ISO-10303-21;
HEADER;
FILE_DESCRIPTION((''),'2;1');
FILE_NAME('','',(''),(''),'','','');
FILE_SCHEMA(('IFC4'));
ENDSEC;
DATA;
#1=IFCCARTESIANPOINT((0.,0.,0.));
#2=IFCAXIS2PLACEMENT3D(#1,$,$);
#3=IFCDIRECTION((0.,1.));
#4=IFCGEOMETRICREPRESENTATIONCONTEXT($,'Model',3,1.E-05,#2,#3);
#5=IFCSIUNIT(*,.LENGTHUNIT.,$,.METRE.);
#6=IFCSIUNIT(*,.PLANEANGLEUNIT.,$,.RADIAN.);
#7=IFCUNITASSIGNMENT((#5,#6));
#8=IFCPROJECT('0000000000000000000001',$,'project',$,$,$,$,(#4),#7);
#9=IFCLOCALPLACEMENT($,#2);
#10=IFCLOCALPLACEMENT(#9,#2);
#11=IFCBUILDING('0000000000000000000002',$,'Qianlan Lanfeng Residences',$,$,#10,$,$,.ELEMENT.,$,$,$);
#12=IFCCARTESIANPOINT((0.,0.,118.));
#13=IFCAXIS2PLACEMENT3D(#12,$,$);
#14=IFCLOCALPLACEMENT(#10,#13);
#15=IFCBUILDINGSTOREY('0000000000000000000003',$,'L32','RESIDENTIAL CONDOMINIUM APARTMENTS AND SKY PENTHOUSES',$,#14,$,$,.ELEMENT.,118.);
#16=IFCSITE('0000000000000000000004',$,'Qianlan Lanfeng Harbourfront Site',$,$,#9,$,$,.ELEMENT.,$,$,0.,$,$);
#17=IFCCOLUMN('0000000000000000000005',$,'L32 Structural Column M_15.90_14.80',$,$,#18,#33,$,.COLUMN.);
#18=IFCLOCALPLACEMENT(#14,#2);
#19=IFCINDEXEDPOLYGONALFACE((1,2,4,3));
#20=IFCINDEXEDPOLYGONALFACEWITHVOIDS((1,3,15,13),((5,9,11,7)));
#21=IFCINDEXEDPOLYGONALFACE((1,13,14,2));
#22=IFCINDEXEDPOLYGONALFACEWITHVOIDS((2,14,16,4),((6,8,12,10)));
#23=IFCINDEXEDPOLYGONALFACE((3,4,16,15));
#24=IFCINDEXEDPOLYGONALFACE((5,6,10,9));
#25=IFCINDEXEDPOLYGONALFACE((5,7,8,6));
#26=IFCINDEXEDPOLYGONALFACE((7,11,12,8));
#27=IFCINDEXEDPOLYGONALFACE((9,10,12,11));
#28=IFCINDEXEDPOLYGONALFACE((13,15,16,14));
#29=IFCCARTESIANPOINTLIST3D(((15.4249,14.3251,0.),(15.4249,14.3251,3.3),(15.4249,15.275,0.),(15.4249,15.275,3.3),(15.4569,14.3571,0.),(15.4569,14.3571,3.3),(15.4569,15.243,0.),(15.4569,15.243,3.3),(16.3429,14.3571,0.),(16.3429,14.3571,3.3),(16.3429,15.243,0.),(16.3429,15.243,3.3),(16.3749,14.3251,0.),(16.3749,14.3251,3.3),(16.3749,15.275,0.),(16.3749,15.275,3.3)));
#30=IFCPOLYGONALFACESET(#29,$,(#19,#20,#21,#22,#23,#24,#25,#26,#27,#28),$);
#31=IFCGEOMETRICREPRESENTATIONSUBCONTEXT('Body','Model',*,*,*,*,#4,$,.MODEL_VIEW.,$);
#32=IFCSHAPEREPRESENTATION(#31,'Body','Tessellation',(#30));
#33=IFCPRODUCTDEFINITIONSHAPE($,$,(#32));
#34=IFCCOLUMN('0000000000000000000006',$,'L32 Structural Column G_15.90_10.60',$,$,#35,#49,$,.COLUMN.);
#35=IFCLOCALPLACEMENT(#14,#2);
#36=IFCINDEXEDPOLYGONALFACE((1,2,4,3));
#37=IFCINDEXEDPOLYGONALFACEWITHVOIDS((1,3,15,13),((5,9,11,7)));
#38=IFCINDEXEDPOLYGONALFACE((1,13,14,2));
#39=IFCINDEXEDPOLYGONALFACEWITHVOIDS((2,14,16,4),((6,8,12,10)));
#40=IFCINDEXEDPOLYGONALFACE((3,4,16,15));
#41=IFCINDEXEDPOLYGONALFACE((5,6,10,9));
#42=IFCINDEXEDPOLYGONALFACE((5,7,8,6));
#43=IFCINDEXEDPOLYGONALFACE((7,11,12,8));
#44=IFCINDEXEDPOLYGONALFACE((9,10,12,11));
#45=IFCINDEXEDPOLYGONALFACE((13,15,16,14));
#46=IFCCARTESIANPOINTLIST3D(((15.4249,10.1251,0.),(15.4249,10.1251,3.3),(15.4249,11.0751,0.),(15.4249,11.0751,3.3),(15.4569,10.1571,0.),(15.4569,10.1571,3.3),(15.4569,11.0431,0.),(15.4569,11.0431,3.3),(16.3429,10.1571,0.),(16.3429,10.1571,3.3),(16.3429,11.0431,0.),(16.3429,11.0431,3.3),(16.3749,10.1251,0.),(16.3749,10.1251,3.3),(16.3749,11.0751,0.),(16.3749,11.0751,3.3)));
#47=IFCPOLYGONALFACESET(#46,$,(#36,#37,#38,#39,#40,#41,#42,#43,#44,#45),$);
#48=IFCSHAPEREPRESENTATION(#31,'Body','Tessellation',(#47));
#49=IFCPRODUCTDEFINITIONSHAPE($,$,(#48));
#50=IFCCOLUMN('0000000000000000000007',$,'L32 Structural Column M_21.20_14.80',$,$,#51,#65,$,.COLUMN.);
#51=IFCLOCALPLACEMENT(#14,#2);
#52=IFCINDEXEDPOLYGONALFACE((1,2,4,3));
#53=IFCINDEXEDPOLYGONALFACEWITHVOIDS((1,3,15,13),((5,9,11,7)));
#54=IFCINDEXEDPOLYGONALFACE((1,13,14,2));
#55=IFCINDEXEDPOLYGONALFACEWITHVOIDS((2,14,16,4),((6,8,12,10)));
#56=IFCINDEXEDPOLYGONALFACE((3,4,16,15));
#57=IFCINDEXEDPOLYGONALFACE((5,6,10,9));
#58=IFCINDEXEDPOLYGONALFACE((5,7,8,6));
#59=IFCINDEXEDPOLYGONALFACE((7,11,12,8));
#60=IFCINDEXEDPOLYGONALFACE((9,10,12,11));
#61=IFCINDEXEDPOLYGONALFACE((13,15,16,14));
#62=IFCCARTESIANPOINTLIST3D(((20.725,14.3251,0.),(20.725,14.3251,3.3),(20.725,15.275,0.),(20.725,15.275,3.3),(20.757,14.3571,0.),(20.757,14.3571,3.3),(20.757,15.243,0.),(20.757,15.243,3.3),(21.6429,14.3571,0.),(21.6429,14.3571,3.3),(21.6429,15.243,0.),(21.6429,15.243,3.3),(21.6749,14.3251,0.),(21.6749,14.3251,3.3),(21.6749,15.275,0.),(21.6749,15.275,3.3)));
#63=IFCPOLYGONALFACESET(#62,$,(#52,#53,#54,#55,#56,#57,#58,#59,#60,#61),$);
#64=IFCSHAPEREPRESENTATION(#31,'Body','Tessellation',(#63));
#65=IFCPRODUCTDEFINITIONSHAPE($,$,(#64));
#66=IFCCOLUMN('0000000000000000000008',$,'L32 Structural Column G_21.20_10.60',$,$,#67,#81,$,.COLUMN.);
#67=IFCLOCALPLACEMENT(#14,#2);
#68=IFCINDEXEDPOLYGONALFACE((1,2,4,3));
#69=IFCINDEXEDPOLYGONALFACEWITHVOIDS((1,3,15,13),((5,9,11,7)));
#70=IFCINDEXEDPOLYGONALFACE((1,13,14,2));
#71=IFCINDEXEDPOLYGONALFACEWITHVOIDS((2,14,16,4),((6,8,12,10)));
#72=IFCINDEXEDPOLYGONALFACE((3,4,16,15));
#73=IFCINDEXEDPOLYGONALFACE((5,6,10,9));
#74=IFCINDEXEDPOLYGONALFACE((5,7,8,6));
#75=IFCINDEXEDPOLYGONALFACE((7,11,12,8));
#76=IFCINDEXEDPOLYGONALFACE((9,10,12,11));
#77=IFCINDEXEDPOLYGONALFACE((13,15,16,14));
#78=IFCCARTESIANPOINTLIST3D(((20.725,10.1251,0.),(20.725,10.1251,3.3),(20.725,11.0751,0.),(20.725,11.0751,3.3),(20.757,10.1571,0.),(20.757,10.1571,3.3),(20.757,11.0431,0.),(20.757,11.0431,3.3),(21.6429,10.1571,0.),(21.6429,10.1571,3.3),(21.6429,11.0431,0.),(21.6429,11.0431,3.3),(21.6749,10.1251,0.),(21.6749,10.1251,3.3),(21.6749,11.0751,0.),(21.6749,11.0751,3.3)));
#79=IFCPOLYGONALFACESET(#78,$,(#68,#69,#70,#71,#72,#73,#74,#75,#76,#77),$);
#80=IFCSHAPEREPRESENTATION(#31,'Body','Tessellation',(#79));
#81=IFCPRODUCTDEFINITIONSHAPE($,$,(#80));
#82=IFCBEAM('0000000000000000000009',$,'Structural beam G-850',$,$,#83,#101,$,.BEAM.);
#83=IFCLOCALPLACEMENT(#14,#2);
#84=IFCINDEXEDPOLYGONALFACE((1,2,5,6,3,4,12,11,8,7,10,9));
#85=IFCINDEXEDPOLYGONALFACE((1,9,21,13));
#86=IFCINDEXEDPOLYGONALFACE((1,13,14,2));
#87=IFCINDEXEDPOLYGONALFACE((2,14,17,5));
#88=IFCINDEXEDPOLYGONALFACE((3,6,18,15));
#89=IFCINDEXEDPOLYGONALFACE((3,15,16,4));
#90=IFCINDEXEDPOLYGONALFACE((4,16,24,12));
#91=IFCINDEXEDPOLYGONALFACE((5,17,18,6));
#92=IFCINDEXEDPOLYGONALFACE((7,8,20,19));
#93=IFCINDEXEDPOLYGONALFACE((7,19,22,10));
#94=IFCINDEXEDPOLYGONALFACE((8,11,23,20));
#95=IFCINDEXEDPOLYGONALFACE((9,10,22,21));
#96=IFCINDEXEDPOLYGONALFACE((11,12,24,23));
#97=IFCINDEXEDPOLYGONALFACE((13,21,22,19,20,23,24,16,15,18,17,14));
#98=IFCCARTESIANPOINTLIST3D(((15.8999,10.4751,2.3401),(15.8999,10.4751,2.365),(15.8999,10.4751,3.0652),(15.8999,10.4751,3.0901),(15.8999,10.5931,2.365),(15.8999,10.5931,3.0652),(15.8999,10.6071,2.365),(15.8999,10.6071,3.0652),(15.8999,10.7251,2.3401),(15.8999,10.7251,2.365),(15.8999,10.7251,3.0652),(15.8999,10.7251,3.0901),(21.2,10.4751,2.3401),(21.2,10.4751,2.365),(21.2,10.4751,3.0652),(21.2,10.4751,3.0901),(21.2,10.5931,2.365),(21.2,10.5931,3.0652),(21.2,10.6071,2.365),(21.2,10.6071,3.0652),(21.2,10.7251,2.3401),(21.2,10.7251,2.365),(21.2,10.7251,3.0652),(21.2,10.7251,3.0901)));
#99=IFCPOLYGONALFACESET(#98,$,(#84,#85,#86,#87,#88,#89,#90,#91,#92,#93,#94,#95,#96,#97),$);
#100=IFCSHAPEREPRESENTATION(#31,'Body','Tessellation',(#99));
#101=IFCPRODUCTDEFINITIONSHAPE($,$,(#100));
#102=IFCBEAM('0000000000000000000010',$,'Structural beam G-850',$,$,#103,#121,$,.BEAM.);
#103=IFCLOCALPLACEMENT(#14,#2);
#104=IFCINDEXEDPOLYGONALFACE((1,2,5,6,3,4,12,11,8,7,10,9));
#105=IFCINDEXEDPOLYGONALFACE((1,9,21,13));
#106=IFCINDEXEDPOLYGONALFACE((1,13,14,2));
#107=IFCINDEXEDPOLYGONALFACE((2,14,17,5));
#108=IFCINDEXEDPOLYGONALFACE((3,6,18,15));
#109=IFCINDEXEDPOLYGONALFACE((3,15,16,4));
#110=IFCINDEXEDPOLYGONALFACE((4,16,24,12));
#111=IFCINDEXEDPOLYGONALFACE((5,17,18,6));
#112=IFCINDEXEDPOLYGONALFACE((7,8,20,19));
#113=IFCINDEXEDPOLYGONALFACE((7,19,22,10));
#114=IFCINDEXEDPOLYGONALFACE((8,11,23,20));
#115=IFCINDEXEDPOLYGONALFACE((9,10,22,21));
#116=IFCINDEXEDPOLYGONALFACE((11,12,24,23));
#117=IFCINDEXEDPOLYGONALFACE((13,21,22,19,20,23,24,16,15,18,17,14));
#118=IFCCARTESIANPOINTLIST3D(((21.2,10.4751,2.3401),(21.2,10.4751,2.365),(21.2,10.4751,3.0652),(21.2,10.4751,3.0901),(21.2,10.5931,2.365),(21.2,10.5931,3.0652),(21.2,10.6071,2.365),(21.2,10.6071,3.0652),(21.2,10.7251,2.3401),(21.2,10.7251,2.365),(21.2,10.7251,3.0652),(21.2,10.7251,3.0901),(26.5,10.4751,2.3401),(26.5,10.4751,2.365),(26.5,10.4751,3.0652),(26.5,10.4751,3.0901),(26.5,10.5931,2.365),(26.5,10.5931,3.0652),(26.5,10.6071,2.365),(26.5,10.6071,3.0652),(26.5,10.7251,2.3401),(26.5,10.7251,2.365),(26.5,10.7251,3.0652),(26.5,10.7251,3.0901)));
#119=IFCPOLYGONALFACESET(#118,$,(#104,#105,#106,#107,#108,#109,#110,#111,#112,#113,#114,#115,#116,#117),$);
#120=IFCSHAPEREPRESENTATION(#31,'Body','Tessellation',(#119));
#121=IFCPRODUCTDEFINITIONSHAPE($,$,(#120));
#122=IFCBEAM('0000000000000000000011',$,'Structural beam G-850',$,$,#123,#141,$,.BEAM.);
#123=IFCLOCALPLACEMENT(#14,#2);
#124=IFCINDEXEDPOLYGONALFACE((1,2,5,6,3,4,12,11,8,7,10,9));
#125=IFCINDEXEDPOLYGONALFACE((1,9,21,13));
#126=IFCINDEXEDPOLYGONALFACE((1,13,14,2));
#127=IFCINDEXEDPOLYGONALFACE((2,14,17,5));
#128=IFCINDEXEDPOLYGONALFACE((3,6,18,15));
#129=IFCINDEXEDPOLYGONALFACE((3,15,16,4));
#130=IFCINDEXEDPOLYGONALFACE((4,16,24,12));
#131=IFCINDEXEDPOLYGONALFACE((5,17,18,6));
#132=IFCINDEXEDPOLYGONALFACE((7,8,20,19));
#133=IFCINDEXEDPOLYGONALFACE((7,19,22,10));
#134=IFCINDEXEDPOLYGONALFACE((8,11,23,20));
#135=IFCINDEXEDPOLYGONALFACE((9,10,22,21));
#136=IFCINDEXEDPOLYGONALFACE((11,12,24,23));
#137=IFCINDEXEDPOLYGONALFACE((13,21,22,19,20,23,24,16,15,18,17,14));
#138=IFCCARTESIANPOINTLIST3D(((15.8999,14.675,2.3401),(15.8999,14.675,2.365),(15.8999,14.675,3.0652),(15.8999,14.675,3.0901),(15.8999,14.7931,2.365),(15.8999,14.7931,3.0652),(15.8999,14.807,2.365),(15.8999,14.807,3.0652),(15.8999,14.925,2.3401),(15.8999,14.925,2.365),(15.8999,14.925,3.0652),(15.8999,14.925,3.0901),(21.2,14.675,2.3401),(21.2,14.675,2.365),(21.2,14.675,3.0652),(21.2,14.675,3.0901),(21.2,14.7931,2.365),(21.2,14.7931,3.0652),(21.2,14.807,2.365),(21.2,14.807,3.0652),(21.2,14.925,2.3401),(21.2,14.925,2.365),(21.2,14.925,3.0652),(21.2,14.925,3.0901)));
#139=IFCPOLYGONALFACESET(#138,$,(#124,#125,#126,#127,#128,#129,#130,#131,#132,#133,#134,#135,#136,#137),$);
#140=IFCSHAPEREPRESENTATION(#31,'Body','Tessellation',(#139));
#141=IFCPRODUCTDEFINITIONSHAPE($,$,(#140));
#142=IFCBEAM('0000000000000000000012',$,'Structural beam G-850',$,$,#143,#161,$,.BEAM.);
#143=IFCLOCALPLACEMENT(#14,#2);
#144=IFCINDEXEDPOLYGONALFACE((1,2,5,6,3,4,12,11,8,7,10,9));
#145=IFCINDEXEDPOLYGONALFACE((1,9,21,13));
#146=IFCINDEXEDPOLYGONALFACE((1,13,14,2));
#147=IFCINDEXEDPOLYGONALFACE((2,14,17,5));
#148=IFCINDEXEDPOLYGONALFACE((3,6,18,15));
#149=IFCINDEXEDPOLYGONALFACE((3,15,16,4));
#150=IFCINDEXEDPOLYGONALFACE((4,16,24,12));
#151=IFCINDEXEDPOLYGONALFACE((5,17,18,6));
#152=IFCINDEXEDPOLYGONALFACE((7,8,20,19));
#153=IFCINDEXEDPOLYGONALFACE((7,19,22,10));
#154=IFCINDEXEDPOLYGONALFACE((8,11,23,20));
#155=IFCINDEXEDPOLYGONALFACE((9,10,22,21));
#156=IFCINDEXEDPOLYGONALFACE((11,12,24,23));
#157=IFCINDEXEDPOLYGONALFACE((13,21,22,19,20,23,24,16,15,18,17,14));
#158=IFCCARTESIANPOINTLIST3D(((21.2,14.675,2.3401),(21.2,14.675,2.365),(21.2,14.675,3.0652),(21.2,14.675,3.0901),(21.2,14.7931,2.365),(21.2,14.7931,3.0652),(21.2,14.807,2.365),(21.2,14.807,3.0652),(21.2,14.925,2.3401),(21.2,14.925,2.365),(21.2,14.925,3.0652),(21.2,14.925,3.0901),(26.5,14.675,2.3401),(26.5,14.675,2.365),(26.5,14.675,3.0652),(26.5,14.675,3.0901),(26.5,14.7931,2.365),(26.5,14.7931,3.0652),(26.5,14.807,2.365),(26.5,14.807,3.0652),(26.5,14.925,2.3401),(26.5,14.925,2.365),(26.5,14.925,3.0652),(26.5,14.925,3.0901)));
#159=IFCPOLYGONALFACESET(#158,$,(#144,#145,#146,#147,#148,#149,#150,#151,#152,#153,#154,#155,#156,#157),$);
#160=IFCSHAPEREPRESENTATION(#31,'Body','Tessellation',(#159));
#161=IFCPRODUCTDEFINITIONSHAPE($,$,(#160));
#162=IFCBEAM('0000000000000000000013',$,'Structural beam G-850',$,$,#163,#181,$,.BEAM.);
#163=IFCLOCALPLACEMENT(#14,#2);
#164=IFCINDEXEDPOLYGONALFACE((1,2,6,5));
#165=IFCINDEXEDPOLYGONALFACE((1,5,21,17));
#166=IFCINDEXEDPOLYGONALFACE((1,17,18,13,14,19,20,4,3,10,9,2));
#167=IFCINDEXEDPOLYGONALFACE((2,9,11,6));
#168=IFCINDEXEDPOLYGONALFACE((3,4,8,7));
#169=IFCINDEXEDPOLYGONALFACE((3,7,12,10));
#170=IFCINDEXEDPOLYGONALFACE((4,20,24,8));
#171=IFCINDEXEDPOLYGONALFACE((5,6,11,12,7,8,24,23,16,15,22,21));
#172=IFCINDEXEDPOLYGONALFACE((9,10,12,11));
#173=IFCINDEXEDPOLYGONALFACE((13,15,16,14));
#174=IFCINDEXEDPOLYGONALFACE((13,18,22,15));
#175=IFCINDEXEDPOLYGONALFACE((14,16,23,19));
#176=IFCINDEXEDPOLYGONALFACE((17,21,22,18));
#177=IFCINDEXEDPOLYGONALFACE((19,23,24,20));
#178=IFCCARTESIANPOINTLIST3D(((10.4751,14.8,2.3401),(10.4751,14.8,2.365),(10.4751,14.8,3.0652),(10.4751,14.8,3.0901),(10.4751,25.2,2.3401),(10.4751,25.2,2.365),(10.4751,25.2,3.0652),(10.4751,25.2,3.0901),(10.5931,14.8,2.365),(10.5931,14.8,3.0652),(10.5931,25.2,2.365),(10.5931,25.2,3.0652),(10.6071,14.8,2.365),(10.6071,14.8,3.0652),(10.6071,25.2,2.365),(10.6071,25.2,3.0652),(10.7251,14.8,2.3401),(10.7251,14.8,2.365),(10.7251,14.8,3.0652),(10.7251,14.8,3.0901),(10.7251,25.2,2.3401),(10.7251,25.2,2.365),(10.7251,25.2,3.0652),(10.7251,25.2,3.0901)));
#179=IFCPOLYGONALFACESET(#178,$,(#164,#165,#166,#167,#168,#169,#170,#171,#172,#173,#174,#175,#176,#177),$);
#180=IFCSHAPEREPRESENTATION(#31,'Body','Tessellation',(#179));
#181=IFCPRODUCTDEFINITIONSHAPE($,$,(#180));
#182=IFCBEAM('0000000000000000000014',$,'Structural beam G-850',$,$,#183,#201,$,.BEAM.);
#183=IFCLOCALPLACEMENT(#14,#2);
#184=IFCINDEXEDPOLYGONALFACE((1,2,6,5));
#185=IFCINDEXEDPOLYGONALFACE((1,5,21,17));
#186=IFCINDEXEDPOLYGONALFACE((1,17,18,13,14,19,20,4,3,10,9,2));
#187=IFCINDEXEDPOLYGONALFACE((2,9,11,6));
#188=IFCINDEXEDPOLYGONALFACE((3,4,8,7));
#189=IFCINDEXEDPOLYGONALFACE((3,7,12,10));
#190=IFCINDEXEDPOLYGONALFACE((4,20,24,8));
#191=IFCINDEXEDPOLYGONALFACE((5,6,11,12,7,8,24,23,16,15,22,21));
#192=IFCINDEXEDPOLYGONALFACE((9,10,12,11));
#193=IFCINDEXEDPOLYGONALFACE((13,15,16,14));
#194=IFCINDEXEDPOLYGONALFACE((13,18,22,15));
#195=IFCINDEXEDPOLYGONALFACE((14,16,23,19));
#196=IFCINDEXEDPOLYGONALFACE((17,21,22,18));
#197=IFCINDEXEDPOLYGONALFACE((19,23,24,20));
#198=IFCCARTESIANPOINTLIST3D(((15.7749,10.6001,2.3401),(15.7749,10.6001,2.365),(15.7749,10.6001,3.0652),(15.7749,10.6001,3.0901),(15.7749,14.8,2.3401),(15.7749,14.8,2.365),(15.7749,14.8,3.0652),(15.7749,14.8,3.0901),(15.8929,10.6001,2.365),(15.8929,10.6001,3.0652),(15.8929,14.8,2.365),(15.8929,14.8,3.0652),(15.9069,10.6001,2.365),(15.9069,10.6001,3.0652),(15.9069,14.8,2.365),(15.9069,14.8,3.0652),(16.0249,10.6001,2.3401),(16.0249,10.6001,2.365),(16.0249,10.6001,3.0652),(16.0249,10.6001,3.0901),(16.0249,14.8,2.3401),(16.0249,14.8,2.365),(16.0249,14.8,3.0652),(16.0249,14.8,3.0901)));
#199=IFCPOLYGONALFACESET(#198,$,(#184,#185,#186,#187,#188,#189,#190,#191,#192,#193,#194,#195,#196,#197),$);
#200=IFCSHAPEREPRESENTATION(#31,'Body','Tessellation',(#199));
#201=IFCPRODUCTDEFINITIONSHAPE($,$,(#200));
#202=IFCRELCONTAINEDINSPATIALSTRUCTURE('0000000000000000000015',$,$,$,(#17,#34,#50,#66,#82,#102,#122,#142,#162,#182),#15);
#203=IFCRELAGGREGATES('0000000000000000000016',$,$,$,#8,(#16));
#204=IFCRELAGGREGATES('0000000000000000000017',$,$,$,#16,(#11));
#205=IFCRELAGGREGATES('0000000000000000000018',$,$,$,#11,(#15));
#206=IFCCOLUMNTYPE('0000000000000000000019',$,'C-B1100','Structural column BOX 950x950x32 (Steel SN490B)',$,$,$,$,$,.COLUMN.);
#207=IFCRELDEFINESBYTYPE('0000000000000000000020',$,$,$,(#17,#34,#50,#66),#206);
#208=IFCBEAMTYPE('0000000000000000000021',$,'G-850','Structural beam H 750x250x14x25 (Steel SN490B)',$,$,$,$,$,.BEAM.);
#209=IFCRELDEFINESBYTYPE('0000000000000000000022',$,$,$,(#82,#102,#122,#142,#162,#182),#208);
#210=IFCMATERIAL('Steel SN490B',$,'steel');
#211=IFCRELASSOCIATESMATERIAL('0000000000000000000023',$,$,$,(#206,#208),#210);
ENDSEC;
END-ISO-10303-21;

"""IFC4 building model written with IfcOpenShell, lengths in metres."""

from ifc_helpers import new_model, si_unit, direction, frame, origin, origin_2d, place, context, subcontext, project, spatial, hollow_rectangle, i_section, extrude, material, material_profile, profile_set, type_object, element, save


model = new_model("IFC4")

# Units and contexts
model_context = context("Model", 3, precision=1e-05, world=origin(), true_north=direction((0.0, 1.0)))
body_context = subcontext(model_context, "Body", "Model", "MODEL_VIEW")
ifc_project = project(units=[si_unit("LENGTHUNIT", "METRE"), si_unit("PLANEANGLEUNIT", "RADIAN")], contexts=[model_context])

# Site, building, storey
site_placement = place(None, origin())
site = spatial("IfcSite", under=ifc_project, at=site_placement, Name="Qianlan Lanfeng Harbourfront Site", CompositionType="ELEMENT", RefElevation=0.0)
building_placement = place(site_placement, origin())
building = spatial("IfcBuilding", under=site, at=building_placement, Name="Qianlan Lanfeng Residences", CompositionType="ELEMENT")
storey_placement = place(building_placement, frame((0.0, 0.0, 118.0)))
storey = spatial("IfcBuildingStorey", under=building, at=storey_placement, Name="L32", Description="RESIDENTIAL CONDOMINIUM APARTMENTS AND SKY PENTHOUSES", CompositionType="ELEMENT", Elevation=118.0)

# Columns
ifc_material_1 = material(Name="Steel SN490B", Category="steel")
ifc_material_profile_1 = material_profile(ifc_material_1, hollow_rectangle(XDim=0.95, YDim=0.95, WallThickness=0.032, at=origin_2d()), Name="BOX 950x950x32")
ifc_profile_set_1 = profile_set([ifc_material_profile_1], Name="Steel SN490B")
column_type = type_object("IfcColumnType", Name="C-B1100", Description="Structural column BOX 950x950x32 (Steel SN490B)", PredefinedType="COLUMN", material=ifc_profile_set_1)
for number, where, z_axis, x_axis, name in (
    (1, (15.8999, 14.8, 0.0), (0.0, 0.0, 1.0), (1.0, 0.0, 0.0), "L32 Structural Column M_15.90_14.80"),
    (2, (15.8999, 10.6001, 0.0), (0.0, 0.0, 1.0), (1.0, 0.0, 0.0), "L32 Structural Column G_15.90_10.60"),
    (3, (21.2, 14.8, 0.0), (0.0, 0.0, 1.0), (1.0, 0.0, 0.0), "L32 Structural Column M_21.20_14.80"),
    (4, (21.2, 10.6001, 0.0), (0.0, 0.0, 1.0), (1.0, 0.0, 0.0), "L32 Structural Column G_21.20_10.60"),
):
    element("IfcColumn", number, at=place(storey_placement, frame(where, z_axis=z_axis, x_axis=x_axis)), inside=storey, type_object=column_type, Name=name, PredefinedType="COLUMN", context=body_context, shape_type="SweptSolid", body=[
        extrude(hollow_rectangle(XDim=0.95, YDim=0.95, WallThickness=0.032, at=origin_2d()), origin(), (0.0, 0.0, 1.0), 3.3),
    ])

# Beams
ifc_material_profile_2 = material_profile(ifc_material_1, i_section(OverallWidth=0.25, OverallDepth=0.75, WebThickness=0.0139, FlangeThickness=0.0249, at=origin_2d()), Name="H 750x250x14x25")
ifc_profile_set_2 = profile_set([ifc_material_profile_2], Name="Steel SN490B")
beam_type_1 = type_object("IfcBeamType", Name="G-850", Description="Structural beam H 750x250x14x25 (Steel SN490B)", PredefinedType="BEAM", material=ifc_profile_set_2)
for number, where, z_axis, x_axis, name in (
    (5, (15.8999, 10.6001, 2.7151), (1.0, 0.0, 0.0), (0.0, 1.0, 0.0), "Structural beam G-850"),
    (6, (21.2, 10.6001, 2.7151), (1.0, 0.0, 0.0), (0.0, 1.0, 0.0), "Structural beam G-850"),
    (7, (15.8999, 14.8, 2.7151), (1.0, 0.0, 0.0), (0.0, 1.0, 0.0), "Structural beam G-850"),
    (8, (21.2, 14.8, 2.7151), (1.0, 0.0, 0.0), (0.0, 1.0, 0.0), "Structural beam G-850"),
):
    element("IfcBeam", number, at=place(storey_placement, frame(where, z_axis=z_axis, x_axis=x_axis)), inside=storey, type_object=beam_type_1, Name=name, PredefinedType="BEAM", context=body_context, shape_type="SweptSolid", body=[
        extrude(i_section(OverallWidth=0.25, OverallDepth=0.75, WebThickness=0.0139, FlangeThickness=0.0249, at=origin_2d()), origin(), (0.0, 0.0, 1.0), 5.3),
    ])
beam_1_placement = place(storey_placement, frame((10.6001, 14.8, 2.7151), z_axis=(0.0, 1.0, 0.0), x_axis=(-1.0, 0.0, 0.0)))
element("IfcBeam", 9, at=beam_1_placement, inside=storey, type_object=beam_type_1, Name="Structural beam G-850", PredefinedType="BEAM", context=body_context, shape_type="SweptSolid", body=[
    extrude(i_section(OverallWidth=0.25, OverallDepth=0.75, WebThickness=0.0139, FlangeThickness=0.0249, at=origin_2d()), origin(), (0.0, 0.0, 1.0), 10.3999),
])
beam_2_placement = place(storey_placement, frame((15.8999, 10.6001, 2.7151), z_axis=(0.0, 1.0, 0.0), x_axis=(-1.0, 0.0, 0.0)))
element("IfcBeam", 10, at=beam_2_placement, inside=storey, type_object=beam_type_1, Name="Structural beam G-850", PredefinedType="BEAM", context=body_context, shape_type="SweptSolid", body=[
    extrude(i_section(OverallWidth=0.25, OverallDepth=0.75, WebThickness=0.0139, FlangeThickness=0.0249, at=origin_2d()), origin(), (0.0, 0.0, 1.0), 4.2),
])

save(model, "model.ifc")
